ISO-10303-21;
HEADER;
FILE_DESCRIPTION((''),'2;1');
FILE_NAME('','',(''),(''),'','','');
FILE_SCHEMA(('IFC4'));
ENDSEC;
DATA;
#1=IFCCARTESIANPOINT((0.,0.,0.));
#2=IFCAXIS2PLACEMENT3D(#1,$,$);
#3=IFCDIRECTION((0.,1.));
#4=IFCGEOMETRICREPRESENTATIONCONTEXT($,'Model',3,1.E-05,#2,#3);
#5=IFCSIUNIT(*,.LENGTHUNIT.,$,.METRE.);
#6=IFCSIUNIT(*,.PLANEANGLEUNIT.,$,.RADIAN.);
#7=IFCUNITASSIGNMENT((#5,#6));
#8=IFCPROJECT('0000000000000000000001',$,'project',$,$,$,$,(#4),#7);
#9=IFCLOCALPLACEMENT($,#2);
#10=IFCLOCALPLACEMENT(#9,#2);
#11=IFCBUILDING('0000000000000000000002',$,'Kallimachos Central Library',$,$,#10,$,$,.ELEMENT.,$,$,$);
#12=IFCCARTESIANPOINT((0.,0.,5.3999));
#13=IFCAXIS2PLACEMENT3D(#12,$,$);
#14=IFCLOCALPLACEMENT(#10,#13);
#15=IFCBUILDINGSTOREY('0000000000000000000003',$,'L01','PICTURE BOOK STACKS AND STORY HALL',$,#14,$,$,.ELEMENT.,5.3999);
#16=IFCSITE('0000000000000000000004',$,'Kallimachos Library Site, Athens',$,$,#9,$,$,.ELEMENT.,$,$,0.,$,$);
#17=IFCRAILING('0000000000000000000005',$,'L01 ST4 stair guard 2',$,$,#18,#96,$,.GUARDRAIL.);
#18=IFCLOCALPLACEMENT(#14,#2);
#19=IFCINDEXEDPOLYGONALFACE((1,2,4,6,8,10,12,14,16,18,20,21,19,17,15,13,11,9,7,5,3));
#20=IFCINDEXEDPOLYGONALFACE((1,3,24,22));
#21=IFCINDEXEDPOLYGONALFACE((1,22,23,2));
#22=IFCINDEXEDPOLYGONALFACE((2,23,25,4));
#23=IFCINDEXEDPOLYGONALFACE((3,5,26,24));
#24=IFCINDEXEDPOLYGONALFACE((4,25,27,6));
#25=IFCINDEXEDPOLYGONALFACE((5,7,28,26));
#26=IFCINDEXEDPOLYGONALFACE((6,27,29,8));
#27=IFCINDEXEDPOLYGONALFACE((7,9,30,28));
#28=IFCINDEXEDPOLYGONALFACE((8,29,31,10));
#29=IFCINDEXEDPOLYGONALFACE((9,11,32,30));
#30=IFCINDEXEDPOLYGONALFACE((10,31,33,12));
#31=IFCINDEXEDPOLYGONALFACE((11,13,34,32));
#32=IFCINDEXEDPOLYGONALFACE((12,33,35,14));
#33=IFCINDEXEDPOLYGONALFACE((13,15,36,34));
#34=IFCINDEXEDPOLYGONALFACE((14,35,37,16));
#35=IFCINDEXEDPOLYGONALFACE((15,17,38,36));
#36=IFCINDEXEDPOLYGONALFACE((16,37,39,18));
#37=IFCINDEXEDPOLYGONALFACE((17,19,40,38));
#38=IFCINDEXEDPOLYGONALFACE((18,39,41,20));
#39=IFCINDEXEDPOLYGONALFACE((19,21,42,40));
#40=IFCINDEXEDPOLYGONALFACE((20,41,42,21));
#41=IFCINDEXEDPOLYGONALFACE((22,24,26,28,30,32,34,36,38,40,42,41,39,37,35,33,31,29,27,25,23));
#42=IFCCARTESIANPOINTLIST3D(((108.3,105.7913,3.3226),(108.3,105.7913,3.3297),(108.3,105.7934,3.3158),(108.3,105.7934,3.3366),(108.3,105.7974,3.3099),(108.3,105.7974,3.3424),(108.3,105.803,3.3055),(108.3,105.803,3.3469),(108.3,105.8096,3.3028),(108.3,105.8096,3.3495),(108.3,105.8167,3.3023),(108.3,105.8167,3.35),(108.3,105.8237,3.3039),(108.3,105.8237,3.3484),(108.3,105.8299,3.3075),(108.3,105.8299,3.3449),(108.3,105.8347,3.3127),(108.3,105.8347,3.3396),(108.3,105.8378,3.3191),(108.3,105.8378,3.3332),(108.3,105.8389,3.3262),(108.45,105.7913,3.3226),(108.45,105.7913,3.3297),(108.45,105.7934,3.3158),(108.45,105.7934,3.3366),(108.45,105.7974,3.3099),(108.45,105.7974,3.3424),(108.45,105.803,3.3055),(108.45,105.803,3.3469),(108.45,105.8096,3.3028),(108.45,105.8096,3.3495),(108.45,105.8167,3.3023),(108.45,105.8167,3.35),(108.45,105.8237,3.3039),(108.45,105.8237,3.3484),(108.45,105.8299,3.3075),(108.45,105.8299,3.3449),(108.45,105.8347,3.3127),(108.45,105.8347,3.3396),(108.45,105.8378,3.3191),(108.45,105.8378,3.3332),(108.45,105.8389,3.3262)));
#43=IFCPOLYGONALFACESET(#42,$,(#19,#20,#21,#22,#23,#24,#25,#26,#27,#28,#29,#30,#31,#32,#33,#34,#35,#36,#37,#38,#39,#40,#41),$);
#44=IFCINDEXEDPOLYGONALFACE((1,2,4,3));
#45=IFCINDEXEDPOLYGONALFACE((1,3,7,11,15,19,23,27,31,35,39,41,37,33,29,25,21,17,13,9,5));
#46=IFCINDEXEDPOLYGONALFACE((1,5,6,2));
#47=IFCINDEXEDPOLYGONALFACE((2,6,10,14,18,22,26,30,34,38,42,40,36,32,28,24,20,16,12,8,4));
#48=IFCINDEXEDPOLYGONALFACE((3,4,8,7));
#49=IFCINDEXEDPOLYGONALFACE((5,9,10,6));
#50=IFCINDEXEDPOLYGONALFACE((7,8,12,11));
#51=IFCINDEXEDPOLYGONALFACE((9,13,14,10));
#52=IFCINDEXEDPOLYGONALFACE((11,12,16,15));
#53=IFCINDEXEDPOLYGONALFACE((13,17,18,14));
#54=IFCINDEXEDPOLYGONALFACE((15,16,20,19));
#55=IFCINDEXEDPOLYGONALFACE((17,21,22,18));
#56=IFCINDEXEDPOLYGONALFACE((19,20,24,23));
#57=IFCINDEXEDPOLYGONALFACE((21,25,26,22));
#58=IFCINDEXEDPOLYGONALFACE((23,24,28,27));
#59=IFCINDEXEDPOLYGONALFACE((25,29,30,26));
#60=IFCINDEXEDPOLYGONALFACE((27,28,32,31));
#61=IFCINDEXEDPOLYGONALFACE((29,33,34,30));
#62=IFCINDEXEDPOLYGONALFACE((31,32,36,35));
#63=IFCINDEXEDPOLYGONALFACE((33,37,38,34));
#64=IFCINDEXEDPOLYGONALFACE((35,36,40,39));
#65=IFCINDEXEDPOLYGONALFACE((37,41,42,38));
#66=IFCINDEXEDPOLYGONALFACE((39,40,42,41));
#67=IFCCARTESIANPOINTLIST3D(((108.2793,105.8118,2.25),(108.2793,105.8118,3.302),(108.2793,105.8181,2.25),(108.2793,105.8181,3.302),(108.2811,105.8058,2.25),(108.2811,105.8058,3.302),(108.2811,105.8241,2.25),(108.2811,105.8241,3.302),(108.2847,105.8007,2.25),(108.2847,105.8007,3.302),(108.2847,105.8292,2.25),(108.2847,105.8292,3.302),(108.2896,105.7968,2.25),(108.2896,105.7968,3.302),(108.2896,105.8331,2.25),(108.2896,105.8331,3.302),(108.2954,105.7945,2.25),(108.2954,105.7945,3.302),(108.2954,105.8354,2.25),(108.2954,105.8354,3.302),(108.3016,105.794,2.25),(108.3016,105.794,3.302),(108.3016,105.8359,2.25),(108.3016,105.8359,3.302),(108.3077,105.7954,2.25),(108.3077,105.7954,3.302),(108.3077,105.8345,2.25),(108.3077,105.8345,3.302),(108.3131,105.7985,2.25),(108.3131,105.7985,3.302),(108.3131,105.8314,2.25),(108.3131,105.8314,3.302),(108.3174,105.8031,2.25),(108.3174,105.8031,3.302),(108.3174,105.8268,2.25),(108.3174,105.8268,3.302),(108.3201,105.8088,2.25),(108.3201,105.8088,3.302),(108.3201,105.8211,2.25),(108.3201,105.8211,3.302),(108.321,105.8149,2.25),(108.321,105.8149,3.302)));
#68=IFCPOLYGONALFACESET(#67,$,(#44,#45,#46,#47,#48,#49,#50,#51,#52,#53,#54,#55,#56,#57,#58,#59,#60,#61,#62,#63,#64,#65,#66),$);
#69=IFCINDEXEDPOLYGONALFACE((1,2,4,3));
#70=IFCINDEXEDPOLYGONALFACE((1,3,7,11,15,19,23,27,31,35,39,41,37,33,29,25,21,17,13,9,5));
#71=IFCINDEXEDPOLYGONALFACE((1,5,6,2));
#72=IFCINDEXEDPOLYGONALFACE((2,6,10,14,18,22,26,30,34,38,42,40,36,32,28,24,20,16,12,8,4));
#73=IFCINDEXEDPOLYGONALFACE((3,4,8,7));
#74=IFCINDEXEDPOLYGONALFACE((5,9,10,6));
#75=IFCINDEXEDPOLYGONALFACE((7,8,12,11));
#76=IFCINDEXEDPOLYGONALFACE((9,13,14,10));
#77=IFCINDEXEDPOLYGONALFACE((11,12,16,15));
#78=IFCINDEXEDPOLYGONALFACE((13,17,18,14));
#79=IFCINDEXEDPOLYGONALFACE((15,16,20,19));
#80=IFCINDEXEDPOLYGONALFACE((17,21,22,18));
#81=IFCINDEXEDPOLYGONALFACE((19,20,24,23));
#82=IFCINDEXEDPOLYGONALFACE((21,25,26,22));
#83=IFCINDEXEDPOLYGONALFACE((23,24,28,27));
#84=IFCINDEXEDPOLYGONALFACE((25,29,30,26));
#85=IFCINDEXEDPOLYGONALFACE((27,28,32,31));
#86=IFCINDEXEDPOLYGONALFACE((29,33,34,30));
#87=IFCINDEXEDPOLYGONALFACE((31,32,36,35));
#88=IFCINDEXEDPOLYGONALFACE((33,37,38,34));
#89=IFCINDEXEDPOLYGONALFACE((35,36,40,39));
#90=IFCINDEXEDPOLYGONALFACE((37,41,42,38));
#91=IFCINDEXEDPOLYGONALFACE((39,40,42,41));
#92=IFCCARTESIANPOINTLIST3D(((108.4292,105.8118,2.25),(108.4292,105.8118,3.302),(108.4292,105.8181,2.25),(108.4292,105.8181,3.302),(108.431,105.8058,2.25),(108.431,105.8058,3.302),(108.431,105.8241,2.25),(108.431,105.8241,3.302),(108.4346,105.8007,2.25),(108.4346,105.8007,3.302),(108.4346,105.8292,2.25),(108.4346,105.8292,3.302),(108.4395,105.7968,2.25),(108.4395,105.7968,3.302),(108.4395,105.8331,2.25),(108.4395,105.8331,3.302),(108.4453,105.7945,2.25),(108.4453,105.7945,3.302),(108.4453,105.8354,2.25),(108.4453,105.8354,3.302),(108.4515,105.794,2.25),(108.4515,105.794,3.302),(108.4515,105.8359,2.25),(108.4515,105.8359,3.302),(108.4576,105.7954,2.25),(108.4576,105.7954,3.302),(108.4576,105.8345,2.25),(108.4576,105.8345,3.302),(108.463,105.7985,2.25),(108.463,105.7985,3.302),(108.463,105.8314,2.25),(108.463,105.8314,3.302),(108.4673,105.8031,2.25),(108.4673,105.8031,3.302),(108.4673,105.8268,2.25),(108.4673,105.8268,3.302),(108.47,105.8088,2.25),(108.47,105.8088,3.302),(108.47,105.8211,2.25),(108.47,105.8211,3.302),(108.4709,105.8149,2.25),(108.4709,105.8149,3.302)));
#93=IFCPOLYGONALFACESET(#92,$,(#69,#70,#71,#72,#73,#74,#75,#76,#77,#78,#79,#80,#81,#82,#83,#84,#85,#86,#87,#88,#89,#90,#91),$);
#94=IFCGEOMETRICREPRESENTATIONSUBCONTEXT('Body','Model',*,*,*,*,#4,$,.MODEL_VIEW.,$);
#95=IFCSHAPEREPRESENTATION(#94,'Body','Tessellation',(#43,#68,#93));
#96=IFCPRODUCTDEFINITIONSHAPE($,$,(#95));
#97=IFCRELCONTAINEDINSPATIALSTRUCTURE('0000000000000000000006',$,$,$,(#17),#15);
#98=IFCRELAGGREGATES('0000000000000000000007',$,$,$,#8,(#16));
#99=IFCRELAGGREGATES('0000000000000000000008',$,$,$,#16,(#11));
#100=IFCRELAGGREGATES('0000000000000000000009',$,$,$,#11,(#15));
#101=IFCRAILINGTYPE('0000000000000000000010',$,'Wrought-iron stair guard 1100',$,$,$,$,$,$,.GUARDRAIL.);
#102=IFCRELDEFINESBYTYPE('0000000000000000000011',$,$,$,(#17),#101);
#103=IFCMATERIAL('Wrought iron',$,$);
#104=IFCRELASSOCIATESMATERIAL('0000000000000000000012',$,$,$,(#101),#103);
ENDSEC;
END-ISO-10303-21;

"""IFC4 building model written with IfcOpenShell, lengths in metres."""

from ifc_helpers import new_model, si_unit, direction, frame, origin, origin_2d, place, context, subcontext, project, spatial, circle, extrude, material, type_object, element, save


model = new_model("IFC4")

# Units and contexts
model_context = context("Model", 3, precision=1e-05, world=origin(), true_north=direction((0.0, 1.0)))
body_context = subcontext(model_context, "Body", "Model", "MODEL_VIEW")
ifc_project = project(units=[si_unit("LENGTHUNIT", "METRE"), si_unit("PLANEANGLEUNIT", "RADIAN")], contexts=[model_context])

# Site, building, storey
site_placement = place(None, origin())
site = spatial("IfcSite", under=ifc_project, at=site_placement, Name="Kallimachos Library Site, Athens", CompositionType="ELEMENT", RefElevation=0.0)
building_placement = place(site_placement, origin())
building = spatial("IfcBuilding", under=site, at=building_placement, Name="Kallimachos Central Library", CompositionType="ELEMENT")
storey_placement = place(building_placement, frame((0.0, 0.0, 5.3999)))
storey = spatial("IfcBuildingStorey", under=building, at=storey_placement, Name="L01", Description="PICTURE BOOK STACKS AND STORY HALL", CompositionType="ELEMENT", Elevation=5.3999)

# Railing
ifc_material_1 = material(Name="Wrought iron")
railing_type_1 = type_object("IfcRailingType", Name="Wrought-iron stair guard 1100", PredefinedType="GUARDRAIL", material=ifc_material_1)
railing_1_placement = place(storey_placement, frame((108.3, 105.8149, 2.25)))
element("IfcRailing", 1, at=railing_1_placement, inside=storey, type_object=railing_type_1, Name="L01 ST4 stair guard 2", PredefinedType="GUARDRAIL", context=body_context, shape_type="SweptSolid", body=[
    extrude(circle(Radius=0.0239, at=origin_2d()), frame((0.0, 0.0, 1.0762), z_axis=(1.0, 0.0, 0.0), x_axis=(0.0, 1.0, 0.0)), (0.0, 0.0, 1.0), 0.1499),
    extrude(circle(Radius=0.021, at=origin_2d()), origin(), (0.0, 0.0, 1.0), 1.052),
    extrude(circle(Radius=0.021, at=origin_2d()), frame((0.1499, 0.0, 0.0)), (0.0, 0.0, 1.0), 1.052),
])

save(model, "model.ifc")
